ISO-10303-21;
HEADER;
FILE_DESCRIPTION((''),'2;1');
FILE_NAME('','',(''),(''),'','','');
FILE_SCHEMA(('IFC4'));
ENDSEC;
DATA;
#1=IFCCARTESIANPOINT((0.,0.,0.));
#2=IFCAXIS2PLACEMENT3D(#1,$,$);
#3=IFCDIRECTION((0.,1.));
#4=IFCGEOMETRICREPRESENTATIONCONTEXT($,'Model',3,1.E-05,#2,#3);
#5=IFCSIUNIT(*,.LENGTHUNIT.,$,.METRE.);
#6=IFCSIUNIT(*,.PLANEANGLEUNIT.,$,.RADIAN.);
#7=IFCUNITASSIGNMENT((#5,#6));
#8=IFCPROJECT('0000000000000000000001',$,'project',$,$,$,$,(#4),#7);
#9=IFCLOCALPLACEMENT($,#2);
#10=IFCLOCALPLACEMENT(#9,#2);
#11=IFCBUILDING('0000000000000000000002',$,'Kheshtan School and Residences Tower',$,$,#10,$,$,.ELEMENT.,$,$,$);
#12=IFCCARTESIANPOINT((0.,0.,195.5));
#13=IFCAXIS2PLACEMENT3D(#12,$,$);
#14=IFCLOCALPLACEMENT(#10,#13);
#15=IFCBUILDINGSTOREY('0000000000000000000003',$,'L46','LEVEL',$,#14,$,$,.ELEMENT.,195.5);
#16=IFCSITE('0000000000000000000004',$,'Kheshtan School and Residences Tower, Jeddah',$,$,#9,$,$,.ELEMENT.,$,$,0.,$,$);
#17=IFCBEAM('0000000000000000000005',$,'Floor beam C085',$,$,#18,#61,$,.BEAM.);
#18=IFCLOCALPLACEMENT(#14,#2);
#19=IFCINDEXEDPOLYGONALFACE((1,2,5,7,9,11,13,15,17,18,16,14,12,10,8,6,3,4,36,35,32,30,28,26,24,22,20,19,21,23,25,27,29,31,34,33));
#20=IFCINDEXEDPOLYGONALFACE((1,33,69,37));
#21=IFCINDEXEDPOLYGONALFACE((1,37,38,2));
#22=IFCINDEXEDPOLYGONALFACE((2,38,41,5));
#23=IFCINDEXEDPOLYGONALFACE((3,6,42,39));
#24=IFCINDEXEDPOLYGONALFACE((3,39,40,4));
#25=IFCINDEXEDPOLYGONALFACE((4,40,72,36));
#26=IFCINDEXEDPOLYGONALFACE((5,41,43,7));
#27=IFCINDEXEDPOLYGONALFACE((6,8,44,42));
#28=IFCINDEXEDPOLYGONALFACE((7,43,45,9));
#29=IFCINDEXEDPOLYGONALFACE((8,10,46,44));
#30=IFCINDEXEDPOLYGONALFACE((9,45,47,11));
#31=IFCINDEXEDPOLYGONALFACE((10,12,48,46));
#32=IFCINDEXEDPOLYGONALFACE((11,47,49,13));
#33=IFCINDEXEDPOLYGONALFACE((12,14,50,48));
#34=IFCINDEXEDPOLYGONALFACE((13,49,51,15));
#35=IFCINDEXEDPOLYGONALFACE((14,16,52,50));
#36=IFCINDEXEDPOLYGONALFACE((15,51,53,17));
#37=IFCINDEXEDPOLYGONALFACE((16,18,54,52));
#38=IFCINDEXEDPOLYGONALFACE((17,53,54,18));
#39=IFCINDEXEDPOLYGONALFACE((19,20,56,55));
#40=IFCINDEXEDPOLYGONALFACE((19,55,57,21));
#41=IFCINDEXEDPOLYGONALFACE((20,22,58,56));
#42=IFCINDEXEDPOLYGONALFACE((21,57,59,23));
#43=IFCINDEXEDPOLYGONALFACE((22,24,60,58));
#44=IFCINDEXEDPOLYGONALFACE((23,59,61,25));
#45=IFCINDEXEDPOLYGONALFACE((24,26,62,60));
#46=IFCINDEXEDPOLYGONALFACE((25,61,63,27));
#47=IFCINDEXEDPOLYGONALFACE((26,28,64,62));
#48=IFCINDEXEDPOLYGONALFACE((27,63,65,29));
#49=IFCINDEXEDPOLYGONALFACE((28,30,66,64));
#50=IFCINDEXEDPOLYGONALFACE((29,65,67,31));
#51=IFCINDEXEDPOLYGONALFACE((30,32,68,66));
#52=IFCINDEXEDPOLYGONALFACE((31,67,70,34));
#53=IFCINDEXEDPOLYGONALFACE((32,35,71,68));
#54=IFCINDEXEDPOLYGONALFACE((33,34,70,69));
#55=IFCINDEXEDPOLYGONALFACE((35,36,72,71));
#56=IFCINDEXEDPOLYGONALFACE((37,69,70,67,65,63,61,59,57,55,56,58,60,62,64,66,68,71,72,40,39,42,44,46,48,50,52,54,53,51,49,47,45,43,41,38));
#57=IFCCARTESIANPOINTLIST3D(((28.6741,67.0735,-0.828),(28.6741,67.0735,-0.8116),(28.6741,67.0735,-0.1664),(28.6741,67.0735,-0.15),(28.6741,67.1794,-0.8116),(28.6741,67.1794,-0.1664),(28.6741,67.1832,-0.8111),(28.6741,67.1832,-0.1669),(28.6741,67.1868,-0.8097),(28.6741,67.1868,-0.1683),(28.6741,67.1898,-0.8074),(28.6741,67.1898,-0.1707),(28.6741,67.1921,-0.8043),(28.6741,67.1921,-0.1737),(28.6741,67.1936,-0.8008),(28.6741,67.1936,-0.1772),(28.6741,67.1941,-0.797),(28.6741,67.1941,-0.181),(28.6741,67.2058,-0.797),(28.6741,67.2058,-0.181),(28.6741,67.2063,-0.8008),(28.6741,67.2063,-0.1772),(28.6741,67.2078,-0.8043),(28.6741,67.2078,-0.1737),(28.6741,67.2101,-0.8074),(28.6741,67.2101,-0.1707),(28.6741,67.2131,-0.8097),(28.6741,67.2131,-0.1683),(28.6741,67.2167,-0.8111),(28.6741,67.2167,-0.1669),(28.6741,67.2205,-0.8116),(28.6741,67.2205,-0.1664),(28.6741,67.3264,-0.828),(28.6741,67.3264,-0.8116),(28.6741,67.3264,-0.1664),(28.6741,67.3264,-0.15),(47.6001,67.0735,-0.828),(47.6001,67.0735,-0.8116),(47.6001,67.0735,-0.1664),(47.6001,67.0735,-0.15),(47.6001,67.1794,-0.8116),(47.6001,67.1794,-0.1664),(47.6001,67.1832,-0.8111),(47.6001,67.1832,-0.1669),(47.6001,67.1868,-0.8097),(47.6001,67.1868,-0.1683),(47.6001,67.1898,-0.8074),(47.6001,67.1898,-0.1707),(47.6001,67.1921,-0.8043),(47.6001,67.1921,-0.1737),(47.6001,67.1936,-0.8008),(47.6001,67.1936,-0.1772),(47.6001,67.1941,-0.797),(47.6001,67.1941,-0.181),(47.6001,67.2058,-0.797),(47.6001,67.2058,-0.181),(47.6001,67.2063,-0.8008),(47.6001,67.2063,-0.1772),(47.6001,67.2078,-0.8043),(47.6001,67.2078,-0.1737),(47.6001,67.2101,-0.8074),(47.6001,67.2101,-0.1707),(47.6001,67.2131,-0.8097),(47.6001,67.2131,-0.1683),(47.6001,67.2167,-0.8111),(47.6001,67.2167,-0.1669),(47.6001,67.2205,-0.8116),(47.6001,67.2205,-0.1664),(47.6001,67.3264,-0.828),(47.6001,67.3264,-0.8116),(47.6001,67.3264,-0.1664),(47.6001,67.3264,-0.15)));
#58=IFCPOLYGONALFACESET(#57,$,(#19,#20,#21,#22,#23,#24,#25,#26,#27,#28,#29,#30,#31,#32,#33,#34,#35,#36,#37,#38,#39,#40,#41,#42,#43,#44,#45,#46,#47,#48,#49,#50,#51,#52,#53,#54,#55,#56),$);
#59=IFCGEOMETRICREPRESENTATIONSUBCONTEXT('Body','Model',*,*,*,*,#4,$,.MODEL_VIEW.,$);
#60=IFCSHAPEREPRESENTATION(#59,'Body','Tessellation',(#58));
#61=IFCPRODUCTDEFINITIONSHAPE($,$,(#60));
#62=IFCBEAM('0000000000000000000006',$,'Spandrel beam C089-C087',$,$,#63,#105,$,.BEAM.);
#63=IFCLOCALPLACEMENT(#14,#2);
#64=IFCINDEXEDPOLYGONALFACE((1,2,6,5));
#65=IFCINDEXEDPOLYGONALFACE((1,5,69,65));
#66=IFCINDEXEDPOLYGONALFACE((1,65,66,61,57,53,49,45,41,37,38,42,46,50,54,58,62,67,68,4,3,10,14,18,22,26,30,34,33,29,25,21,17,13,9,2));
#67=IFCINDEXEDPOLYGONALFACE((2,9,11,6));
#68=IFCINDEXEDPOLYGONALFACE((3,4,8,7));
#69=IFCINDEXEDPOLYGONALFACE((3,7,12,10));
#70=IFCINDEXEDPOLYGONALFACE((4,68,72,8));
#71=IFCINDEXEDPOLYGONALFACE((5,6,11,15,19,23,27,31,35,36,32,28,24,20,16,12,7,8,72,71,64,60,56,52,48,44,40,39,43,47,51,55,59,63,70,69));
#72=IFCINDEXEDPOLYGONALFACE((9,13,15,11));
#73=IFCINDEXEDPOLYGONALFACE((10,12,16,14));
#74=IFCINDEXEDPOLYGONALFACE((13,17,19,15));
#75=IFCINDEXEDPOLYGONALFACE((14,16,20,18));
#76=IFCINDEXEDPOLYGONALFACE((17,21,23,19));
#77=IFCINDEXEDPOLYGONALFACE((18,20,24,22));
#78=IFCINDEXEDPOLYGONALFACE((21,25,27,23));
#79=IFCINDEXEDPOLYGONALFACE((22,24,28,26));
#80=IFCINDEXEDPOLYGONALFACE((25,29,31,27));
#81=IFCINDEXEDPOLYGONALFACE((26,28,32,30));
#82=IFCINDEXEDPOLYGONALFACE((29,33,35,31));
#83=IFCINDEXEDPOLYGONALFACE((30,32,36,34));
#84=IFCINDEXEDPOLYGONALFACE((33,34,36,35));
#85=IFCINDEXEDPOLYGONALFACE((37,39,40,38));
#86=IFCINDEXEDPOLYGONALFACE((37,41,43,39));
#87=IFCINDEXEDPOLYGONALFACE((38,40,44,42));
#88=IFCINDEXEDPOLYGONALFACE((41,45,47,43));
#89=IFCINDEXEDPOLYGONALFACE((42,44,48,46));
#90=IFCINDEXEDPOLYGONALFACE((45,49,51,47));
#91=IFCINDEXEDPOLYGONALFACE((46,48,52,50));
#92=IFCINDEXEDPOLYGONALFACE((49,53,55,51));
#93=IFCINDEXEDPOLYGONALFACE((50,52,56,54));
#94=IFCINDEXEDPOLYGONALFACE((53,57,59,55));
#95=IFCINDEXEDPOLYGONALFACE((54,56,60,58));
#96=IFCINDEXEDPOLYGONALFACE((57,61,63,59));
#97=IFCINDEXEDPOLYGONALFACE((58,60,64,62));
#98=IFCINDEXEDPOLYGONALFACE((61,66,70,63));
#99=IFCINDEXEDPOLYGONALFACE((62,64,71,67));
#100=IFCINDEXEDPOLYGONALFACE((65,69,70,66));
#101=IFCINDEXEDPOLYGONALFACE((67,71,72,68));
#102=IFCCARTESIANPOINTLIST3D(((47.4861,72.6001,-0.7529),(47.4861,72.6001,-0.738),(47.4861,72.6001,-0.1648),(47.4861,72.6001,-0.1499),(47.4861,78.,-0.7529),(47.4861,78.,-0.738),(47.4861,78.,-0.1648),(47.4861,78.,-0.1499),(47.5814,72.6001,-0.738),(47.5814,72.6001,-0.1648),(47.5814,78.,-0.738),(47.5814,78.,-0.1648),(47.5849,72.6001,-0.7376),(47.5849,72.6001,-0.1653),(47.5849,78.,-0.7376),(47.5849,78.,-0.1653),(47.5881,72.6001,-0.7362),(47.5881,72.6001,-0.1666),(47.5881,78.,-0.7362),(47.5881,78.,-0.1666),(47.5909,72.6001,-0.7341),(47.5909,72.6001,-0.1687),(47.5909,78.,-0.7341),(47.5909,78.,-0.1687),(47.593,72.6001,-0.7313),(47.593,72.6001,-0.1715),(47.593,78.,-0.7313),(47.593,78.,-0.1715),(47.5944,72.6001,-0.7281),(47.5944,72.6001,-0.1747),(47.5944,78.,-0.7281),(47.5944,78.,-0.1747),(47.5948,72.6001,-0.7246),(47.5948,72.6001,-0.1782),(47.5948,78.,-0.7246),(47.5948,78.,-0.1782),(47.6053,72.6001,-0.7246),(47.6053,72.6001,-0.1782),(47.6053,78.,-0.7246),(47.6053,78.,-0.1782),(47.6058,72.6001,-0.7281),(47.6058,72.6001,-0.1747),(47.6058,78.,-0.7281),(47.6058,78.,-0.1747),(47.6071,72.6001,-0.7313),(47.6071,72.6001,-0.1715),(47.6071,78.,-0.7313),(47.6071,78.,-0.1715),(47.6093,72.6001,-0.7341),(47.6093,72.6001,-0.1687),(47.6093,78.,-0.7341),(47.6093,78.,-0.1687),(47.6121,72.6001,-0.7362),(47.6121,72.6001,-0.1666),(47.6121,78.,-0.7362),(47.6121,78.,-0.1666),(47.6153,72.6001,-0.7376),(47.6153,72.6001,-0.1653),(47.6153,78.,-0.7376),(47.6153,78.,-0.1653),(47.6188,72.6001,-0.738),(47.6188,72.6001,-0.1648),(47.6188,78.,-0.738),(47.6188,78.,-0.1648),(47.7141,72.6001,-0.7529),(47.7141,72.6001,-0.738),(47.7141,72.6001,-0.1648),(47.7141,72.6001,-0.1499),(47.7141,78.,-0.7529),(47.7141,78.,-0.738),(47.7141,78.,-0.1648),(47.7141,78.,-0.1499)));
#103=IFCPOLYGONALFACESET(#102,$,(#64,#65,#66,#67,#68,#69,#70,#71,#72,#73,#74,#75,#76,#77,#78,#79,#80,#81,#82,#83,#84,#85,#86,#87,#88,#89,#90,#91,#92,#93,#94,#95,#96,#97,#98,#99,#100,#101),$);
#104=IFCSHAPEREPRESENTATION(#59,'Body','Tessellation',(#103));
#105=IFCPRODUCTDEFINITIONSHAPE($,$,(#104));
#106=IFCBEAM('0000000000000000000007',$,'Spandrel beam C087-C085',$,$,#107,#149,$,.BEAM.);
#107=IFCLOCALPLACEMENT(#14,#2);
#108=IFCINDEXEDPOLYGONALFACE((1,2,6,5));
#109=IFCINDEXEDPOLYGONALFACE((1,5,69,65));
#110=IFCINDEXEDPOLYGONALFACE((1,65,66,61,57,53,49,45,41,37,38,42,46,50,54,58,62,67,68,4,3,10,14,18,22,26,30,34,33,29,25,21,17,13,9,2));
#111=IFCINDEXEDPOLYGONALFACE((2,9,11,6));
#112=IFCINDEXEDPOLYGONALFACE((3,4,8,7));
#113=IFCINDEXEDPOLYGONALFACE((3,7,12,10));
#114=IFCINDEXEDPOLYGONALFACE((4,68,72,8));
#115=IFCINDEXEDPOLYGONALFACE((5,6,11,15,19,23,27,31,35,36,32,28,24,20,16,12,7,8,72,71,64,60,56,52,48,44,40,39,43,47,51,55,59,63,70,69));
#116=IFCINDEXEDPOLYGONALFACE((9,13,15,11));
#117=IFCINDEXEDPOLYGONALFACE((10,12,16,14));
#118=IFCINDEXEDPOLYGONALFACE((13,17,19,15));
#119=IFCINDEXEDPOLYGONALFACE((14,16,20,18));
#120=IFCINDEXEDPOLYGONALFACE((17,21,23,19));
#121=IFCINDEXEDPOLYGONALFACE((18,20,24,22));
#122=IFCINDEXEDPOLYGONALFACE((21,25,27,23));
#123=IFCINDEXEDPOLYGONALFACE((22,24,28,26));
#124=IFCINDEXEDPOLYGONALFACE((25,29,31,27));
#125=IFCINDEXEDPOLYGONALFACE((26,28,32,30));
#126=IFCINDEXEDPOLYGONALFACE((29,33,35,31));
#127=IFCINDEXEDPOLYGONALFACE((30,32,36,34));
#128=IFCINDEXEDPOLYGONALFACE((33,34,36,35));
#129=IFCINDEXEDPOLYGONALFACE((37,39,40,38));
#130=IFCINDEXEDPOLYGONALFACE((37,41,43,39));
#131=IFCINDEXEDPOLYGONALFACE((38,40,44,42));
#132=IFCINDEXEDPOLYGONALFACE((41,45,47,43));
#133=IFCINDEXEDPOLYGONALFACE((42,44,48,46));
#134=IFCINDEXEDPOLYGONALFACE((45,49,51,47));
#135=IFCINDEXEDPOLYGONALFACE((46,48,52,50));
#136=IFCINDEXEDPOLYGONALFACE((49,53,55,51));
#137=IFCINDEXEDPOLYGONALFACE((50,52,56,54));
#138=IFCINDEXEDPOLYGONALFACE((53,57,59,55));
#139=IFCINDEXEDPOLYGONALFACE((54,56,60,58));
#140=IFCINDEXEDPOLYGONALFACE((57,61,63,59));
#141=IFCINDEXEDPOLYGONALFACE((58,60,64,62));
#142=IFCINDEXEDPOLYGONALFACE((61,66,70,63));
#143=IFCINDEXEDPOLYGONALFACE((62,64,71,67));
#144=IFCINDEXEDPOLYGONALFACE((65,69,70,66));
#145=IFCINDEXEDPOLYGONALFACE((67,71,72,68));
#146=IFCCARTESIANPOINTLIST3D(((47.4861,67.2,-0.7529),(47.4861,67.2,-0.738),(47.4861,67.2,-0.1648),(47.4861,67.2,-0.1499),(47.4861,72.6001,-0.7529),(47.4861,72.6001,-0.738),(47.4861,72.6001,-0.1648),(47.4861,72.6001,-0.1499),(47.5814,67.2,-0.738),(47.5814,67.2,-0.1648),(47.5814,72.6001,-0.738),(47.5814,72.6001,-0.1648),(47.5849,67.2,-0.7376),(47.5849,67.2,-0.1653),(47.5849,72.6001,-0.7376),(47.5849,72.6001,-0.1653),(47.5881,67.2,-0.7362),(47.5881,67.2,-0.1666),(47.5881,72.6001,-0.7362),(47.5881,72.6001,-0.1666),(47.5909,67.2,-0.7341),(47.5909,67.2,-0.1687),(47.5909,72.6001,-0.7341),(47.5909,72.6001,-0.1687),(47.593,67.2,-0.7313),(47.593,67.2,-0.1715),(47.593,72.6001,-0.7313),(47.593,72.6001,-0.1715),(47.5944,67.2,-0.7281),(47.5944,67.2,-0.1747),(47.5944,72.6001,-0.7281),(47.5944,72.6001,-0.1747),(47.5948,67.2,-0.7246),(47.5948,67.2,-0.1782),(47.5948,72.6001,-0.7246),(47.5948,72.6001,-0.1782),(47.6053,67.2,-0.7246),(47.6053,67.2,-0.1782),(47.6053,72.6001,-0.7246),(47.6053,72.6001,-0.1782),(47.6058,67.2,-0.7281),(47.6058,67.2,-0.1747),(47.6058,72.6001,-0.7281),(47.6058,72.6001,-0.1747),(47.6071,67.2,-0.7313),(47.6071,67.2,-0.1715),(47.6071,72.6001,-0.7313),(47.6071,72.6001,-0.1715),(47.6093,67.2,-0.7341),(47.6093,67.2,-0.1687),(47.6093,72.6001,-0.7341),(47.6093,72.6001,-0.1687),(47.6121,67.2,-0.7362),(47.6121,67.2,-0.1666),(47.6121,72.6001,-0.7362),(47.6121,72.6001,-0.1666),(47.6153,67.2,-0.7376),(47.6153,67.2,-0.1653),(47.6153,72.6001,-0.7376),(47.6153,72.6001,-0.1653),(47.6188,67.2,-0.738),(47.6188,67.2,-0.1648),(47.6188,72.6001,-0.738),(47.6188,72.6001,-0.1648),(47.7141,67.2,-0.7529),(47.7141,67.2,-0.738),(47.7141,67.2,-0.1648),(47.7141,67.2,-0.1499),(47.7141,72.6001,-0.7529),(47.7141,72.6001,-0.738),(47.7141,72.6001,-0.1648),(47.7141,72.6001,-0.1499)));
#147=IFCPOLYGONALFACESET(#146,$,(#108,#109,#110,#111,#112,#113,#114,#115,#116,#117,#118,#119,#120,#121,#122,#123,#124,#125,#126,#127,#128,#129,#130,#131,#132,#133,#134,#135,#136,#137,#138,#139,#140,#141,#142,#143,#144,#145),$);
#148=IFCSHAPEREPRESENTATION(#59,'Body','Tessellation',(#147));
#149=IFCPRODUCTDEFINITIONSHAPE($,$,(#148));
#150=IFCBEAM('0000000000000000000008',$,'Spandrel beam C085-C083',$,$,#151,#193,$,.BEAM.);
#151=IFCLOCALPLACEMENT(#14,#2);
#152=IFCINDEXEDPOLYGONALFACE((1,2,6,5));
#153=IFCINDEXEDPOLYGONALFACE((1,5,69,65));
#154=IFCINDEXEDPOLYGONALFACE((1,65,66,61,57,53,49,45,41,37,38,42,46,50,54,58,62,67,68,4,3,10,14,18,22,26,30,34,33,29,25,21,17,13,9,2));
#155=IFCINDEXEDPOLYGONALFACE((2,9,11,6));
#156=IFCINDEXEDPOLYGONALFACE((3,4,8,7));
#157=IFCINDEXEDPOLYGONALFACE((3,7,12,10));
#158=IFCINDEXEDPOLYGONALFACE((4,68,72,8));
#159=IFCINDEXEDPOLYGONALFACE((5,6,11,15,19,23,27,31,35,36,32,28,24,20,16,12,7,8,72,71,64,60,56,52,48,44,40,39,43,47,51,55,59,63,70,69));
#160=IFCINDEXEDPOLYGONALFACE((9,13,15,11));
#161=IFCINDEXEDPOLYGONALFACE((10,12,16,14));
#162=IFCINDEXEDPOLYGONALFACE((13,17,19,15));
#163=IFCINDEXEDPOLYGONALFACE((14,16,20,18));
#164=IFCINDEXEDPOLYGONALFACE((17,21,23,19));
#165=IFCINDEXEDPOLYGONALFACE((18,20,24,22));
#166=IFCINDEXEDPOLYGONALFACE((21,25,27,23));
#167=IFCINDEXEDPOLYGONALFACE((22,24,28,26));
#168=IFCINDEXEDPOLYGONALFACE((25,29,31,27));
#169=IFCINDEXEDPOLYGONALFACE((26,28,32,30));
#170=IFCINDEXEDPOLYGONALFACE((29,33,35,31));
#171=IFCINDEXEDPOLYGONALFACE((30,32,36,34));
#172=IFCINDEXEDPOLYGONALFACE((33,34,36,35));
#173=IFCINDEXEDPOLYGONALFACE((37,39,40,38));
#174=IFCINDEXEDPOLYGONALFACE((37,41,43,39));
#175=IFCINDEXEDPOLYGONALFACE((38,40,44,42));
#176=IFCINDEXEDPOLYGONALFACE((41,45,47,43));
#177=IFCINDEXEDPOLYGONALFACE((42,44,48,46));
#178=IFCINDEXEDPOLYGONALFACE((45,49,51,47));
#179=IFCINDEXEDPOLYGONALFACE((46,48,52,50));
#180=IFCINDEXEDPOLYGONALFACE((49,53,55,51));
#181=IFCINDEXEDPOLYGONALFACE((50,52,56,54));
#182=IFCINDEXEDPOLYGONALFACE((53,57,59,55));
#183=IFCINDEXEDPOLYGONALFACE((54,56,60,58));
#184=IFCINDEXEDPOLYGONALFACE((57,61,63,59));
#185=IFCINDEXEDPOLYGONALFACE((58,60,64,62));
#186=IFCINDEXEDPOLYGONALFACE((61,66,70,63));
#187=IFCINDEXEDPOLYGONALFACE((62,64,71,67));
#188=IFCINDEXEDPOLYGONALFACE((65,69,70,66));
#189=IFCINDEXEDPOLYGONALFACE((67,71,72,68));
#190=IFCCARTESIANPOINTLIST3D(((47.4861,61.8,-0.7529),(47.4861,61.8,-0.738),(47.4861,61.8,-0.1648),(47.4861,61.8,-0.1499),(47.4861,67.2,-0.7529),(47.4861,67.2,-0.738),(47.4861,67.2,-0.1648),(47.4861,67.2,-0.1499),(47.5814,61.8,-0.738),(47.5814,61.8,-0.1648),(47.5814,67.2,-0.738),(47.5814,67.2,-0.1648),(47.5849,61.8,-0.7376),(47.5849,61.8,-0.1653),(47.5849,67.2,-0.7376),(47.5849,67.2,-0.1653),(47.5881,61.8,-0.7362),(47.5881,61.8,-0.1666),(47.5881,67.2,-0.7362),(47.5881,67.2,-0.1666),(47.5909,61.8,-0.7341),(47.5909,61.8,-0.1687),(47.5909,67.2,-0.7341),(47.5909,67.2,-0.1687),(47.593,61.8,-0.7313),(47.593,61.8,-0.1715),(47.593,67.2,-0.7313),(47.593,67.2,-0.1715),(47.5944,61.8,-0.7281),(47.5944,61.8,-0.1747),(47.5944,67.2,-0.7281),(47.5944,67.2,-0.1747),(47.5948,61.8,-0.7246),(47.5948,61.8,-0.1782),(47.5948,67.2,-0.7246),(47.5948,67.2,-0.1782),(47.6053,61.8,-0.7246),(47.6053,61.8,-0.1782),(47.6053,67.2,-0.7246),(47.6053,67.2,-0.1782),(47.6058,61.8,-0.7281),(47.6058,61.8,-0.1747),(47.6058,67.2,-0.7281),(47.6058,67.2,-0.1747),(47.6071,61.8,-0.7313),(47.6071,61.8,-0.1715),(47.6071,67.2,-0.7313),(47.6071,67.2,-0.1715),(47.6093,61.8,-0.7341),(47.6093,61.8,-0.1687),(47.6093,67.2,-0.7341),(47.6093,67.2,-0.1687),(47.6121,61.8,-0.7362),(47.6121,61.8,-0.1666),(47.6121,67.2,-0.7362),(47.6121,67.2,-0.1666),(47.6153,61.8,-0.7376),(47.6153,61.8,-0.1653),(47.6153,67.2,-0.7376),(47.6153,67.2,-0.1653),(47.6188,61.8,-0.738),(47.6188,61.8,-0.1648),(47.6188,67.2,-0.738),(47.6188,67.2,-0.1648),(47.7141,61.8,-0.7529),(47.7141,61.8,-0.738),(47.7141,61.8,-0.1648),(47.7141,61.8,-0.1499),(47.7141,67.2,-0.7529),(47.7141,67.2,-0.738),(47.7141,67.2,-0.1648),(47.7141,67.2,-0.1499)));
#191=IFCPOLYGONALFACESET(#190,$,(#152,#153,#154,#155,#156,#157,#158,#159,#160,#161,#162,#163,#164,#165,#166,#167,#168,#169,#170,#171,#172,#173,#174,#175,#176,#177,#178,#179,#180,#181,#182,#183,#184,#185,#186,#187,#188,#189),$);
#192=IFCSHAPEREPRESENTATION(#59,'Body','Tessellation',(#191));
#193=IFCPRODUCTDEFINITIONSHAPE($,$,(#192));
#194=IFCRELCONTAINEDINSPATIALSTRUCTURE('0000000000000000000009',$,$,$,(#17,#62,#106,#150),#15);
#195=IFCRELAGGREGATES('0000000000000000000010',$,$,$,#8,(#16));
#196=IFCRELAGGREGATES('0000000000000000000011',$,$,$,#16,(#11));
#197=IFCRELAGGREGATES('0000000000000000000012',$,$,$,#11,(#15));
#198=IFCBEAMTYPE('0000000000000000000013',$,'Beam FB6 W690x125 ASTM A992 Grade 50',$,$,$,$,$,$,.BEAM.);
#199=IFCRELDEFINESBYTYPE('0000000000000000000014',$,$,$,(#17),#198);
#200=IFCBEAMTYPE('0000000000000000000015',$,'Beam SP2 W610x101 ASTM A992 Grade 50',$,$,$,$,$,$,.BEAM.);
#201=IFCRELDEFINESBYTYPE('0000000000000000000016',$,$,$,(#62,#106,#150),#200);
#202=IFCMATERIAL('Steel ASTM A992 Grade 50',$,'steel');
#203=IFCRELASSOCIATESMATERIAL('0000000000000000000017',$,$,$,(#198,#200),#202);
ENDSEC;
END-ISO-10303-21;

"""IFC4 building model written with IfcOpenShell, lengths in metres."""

from ifc_helpers import new_model, si_unit, direction, frame, origin, origin_2d, place, context, subcontext, project, spatial, i_section, extrude, material, material_profile, profile_set, type_object, element, save


model = new_model("IFC4")

# Units and contexts
model_context = context("Model", 3, precision=1e-05, world=origin(), true_north=direction((0.0, 1.0)))
body_context = subcontext(model_context, "Body", "Model", "MODEL_VIEW")
ifc_project = project(units=[si_unit("LENGTHUNIT", "METRE"), si_unit("PLANEANGLEUNIT", "RADIAN")], contexts=[model_context])

# Site, building, storey
site_placement = place(None, origin())
site = spatial("IfcSite", under=ifc_project, at=site_placement, Name="Kheshtan School and Residences Tower, Jeddah", CompositionType="ELEMENT", RefElevation=0.0)
building_placement = place(site_placement, origin())
building = spatial("IfcBuilding", under=site, at=building_placement, Name="Kheshtan School and Residences Tower", CompositionType="ELEMENT")
storey_placement = place(building_placement, frame((0.0, 0.0, 195.5)))
storey = spatial("IfcBuildingStorey", under=building, at=storey_placement, Name="L46", Description="LEVEL", CompositionType="ELEMENT", Elevation=195.5)

# Shared definitions
ifc_material_1 = material(Name="Steel ASTM A992 Grade 50", Category="steel")

# Beams
ifc_material_profile_1 = material_profile(ifc_material_1, i_section(OverallWidth=0.2529, OverallDepth=0.678, WebThickness=0.0117, FlangeThickness=0.0164, FilletRadius=0.0146, at=origin_2d()), Name="W690x125")
ifc_profile_set_1 = profile_set([ifc_material_profile_1], Name="Steel ASTM A992 Grade 50")
beam_type_1 = type_object("IfcBeamType", Name="Beam FB6 W690x125 ASTM A992 Grade 50", PredefinedType="BEAM", material=ifc_profile_set_1)
beam_1_placement = place(storey_placement, frame((47.6001, 67.2, -0.489), z_axis=(-1.0, 0.0, 0.0), x_axis=(0.0, -1.0, 0.0)))
element("IfcBeam", 1, at=beam_1_placement, inside=storey, type_object=beam_type_1, Name="Floor beam C085", PredefinedType="BEAM", context=body_context, shape_type="SweptSolid", body=[
    extrude(i_section(OverallWidth=0.2529, OverallDepth=0.678, WebThickness=0.0117, FlangeThickness=0.0164, FilletRadius=0.0146, at=origin_2d()), origin(), (0.0, 0.0, 1.0), 18.926),
])
ifc_material_profile_2 = material_profile(ifc_material_1, i_section(OverallWidth=0.228, OverallDepth=0.603, WebThickness=0.0105, FlangeThickness=0.0149, FilletRadius=0.0134, at=origin_2d()), Name="W610x101")
ifc_profile_set_2 = profile_set([ifc_material_profile_2], Name="Steel ASTM A992 Grade 50")
beam_type_2 = type_object("IfcBeamType", Name="Beam SP2 W610x101 ASTM A992 Grade 50", PredefinedType="BEAM", material=ifc_profile_set_2)
beam_2_placement = place(storey_placement, frame((47.6001, 78.0, -0.4514), z_axis=(0.0, -1.0, 0.0), x_axis=(1.0, 0.0, 0.0)))
element("IfcBeam", 2, at=beam_2_placement, inside=storey, type_object=beam_type_2, Name="Spandrel beam C089-C087", PredefinedType="BEAM", context=body_context, shape_type="SweptSolid", body=[
    extrude(i_section(OverallWidth=0.228, OverallDepth=0.603, WebThickness=0.0105, FlangeThickness=0.0149, FilletRadius=0.0134, at=origin_2d()), origin(), (0.0, 0.0, 1.0), 5.3999),
])
beam_3_placement = place(storey_placement, frame((47.6001, 72.6001, -0.4514), z_axis=(0.0, -1.0, 0.0), x_axis=(1.0, 0.0, 0.0)))
element("IfcBeam", 3, at=beam_3_placement, inside=storey, type_object=beam_type_2, Name="Spandrel beam C087-C085", PredefinedType="BEAM", context=body_context, shape_type="SweptSolid", body=[
    extrude(i_section(OverallWidth=0.228, OverallDepth=0.603, WebThickness=0.0105, FlangeThickness=0.0149, FilletRadius=0.0134, at=origin_2d()), origin(), (0.0, 0.0, 1.0), 5.4001),
])
beam_4_placement = place(storey_placement, frame((47.6001, 67.2, -0.4514), z_axis=(0.0, -1.0, 0.0), x_axis=(1.0, 0.0, 0.0)))
element("IfcBeam", 4, at=beam_4_placement, inside=storey, type_object=beam_type_2, Name="Spandrel beam C085-C083", PredefinedType="BEAM", context=body_context, shape_type="SweptSolid", body=[
    extrude(i_section(OverallWidth=0.228, OverallDepth=0.603, WebThickness=0.0105, FlangeThickness=0.0149, FilletRadius=0.0134, at=origin_2d()), origin(), (0.0, 0.0, 1.0), 5.3999),
])

save(model, "model.ifc")
